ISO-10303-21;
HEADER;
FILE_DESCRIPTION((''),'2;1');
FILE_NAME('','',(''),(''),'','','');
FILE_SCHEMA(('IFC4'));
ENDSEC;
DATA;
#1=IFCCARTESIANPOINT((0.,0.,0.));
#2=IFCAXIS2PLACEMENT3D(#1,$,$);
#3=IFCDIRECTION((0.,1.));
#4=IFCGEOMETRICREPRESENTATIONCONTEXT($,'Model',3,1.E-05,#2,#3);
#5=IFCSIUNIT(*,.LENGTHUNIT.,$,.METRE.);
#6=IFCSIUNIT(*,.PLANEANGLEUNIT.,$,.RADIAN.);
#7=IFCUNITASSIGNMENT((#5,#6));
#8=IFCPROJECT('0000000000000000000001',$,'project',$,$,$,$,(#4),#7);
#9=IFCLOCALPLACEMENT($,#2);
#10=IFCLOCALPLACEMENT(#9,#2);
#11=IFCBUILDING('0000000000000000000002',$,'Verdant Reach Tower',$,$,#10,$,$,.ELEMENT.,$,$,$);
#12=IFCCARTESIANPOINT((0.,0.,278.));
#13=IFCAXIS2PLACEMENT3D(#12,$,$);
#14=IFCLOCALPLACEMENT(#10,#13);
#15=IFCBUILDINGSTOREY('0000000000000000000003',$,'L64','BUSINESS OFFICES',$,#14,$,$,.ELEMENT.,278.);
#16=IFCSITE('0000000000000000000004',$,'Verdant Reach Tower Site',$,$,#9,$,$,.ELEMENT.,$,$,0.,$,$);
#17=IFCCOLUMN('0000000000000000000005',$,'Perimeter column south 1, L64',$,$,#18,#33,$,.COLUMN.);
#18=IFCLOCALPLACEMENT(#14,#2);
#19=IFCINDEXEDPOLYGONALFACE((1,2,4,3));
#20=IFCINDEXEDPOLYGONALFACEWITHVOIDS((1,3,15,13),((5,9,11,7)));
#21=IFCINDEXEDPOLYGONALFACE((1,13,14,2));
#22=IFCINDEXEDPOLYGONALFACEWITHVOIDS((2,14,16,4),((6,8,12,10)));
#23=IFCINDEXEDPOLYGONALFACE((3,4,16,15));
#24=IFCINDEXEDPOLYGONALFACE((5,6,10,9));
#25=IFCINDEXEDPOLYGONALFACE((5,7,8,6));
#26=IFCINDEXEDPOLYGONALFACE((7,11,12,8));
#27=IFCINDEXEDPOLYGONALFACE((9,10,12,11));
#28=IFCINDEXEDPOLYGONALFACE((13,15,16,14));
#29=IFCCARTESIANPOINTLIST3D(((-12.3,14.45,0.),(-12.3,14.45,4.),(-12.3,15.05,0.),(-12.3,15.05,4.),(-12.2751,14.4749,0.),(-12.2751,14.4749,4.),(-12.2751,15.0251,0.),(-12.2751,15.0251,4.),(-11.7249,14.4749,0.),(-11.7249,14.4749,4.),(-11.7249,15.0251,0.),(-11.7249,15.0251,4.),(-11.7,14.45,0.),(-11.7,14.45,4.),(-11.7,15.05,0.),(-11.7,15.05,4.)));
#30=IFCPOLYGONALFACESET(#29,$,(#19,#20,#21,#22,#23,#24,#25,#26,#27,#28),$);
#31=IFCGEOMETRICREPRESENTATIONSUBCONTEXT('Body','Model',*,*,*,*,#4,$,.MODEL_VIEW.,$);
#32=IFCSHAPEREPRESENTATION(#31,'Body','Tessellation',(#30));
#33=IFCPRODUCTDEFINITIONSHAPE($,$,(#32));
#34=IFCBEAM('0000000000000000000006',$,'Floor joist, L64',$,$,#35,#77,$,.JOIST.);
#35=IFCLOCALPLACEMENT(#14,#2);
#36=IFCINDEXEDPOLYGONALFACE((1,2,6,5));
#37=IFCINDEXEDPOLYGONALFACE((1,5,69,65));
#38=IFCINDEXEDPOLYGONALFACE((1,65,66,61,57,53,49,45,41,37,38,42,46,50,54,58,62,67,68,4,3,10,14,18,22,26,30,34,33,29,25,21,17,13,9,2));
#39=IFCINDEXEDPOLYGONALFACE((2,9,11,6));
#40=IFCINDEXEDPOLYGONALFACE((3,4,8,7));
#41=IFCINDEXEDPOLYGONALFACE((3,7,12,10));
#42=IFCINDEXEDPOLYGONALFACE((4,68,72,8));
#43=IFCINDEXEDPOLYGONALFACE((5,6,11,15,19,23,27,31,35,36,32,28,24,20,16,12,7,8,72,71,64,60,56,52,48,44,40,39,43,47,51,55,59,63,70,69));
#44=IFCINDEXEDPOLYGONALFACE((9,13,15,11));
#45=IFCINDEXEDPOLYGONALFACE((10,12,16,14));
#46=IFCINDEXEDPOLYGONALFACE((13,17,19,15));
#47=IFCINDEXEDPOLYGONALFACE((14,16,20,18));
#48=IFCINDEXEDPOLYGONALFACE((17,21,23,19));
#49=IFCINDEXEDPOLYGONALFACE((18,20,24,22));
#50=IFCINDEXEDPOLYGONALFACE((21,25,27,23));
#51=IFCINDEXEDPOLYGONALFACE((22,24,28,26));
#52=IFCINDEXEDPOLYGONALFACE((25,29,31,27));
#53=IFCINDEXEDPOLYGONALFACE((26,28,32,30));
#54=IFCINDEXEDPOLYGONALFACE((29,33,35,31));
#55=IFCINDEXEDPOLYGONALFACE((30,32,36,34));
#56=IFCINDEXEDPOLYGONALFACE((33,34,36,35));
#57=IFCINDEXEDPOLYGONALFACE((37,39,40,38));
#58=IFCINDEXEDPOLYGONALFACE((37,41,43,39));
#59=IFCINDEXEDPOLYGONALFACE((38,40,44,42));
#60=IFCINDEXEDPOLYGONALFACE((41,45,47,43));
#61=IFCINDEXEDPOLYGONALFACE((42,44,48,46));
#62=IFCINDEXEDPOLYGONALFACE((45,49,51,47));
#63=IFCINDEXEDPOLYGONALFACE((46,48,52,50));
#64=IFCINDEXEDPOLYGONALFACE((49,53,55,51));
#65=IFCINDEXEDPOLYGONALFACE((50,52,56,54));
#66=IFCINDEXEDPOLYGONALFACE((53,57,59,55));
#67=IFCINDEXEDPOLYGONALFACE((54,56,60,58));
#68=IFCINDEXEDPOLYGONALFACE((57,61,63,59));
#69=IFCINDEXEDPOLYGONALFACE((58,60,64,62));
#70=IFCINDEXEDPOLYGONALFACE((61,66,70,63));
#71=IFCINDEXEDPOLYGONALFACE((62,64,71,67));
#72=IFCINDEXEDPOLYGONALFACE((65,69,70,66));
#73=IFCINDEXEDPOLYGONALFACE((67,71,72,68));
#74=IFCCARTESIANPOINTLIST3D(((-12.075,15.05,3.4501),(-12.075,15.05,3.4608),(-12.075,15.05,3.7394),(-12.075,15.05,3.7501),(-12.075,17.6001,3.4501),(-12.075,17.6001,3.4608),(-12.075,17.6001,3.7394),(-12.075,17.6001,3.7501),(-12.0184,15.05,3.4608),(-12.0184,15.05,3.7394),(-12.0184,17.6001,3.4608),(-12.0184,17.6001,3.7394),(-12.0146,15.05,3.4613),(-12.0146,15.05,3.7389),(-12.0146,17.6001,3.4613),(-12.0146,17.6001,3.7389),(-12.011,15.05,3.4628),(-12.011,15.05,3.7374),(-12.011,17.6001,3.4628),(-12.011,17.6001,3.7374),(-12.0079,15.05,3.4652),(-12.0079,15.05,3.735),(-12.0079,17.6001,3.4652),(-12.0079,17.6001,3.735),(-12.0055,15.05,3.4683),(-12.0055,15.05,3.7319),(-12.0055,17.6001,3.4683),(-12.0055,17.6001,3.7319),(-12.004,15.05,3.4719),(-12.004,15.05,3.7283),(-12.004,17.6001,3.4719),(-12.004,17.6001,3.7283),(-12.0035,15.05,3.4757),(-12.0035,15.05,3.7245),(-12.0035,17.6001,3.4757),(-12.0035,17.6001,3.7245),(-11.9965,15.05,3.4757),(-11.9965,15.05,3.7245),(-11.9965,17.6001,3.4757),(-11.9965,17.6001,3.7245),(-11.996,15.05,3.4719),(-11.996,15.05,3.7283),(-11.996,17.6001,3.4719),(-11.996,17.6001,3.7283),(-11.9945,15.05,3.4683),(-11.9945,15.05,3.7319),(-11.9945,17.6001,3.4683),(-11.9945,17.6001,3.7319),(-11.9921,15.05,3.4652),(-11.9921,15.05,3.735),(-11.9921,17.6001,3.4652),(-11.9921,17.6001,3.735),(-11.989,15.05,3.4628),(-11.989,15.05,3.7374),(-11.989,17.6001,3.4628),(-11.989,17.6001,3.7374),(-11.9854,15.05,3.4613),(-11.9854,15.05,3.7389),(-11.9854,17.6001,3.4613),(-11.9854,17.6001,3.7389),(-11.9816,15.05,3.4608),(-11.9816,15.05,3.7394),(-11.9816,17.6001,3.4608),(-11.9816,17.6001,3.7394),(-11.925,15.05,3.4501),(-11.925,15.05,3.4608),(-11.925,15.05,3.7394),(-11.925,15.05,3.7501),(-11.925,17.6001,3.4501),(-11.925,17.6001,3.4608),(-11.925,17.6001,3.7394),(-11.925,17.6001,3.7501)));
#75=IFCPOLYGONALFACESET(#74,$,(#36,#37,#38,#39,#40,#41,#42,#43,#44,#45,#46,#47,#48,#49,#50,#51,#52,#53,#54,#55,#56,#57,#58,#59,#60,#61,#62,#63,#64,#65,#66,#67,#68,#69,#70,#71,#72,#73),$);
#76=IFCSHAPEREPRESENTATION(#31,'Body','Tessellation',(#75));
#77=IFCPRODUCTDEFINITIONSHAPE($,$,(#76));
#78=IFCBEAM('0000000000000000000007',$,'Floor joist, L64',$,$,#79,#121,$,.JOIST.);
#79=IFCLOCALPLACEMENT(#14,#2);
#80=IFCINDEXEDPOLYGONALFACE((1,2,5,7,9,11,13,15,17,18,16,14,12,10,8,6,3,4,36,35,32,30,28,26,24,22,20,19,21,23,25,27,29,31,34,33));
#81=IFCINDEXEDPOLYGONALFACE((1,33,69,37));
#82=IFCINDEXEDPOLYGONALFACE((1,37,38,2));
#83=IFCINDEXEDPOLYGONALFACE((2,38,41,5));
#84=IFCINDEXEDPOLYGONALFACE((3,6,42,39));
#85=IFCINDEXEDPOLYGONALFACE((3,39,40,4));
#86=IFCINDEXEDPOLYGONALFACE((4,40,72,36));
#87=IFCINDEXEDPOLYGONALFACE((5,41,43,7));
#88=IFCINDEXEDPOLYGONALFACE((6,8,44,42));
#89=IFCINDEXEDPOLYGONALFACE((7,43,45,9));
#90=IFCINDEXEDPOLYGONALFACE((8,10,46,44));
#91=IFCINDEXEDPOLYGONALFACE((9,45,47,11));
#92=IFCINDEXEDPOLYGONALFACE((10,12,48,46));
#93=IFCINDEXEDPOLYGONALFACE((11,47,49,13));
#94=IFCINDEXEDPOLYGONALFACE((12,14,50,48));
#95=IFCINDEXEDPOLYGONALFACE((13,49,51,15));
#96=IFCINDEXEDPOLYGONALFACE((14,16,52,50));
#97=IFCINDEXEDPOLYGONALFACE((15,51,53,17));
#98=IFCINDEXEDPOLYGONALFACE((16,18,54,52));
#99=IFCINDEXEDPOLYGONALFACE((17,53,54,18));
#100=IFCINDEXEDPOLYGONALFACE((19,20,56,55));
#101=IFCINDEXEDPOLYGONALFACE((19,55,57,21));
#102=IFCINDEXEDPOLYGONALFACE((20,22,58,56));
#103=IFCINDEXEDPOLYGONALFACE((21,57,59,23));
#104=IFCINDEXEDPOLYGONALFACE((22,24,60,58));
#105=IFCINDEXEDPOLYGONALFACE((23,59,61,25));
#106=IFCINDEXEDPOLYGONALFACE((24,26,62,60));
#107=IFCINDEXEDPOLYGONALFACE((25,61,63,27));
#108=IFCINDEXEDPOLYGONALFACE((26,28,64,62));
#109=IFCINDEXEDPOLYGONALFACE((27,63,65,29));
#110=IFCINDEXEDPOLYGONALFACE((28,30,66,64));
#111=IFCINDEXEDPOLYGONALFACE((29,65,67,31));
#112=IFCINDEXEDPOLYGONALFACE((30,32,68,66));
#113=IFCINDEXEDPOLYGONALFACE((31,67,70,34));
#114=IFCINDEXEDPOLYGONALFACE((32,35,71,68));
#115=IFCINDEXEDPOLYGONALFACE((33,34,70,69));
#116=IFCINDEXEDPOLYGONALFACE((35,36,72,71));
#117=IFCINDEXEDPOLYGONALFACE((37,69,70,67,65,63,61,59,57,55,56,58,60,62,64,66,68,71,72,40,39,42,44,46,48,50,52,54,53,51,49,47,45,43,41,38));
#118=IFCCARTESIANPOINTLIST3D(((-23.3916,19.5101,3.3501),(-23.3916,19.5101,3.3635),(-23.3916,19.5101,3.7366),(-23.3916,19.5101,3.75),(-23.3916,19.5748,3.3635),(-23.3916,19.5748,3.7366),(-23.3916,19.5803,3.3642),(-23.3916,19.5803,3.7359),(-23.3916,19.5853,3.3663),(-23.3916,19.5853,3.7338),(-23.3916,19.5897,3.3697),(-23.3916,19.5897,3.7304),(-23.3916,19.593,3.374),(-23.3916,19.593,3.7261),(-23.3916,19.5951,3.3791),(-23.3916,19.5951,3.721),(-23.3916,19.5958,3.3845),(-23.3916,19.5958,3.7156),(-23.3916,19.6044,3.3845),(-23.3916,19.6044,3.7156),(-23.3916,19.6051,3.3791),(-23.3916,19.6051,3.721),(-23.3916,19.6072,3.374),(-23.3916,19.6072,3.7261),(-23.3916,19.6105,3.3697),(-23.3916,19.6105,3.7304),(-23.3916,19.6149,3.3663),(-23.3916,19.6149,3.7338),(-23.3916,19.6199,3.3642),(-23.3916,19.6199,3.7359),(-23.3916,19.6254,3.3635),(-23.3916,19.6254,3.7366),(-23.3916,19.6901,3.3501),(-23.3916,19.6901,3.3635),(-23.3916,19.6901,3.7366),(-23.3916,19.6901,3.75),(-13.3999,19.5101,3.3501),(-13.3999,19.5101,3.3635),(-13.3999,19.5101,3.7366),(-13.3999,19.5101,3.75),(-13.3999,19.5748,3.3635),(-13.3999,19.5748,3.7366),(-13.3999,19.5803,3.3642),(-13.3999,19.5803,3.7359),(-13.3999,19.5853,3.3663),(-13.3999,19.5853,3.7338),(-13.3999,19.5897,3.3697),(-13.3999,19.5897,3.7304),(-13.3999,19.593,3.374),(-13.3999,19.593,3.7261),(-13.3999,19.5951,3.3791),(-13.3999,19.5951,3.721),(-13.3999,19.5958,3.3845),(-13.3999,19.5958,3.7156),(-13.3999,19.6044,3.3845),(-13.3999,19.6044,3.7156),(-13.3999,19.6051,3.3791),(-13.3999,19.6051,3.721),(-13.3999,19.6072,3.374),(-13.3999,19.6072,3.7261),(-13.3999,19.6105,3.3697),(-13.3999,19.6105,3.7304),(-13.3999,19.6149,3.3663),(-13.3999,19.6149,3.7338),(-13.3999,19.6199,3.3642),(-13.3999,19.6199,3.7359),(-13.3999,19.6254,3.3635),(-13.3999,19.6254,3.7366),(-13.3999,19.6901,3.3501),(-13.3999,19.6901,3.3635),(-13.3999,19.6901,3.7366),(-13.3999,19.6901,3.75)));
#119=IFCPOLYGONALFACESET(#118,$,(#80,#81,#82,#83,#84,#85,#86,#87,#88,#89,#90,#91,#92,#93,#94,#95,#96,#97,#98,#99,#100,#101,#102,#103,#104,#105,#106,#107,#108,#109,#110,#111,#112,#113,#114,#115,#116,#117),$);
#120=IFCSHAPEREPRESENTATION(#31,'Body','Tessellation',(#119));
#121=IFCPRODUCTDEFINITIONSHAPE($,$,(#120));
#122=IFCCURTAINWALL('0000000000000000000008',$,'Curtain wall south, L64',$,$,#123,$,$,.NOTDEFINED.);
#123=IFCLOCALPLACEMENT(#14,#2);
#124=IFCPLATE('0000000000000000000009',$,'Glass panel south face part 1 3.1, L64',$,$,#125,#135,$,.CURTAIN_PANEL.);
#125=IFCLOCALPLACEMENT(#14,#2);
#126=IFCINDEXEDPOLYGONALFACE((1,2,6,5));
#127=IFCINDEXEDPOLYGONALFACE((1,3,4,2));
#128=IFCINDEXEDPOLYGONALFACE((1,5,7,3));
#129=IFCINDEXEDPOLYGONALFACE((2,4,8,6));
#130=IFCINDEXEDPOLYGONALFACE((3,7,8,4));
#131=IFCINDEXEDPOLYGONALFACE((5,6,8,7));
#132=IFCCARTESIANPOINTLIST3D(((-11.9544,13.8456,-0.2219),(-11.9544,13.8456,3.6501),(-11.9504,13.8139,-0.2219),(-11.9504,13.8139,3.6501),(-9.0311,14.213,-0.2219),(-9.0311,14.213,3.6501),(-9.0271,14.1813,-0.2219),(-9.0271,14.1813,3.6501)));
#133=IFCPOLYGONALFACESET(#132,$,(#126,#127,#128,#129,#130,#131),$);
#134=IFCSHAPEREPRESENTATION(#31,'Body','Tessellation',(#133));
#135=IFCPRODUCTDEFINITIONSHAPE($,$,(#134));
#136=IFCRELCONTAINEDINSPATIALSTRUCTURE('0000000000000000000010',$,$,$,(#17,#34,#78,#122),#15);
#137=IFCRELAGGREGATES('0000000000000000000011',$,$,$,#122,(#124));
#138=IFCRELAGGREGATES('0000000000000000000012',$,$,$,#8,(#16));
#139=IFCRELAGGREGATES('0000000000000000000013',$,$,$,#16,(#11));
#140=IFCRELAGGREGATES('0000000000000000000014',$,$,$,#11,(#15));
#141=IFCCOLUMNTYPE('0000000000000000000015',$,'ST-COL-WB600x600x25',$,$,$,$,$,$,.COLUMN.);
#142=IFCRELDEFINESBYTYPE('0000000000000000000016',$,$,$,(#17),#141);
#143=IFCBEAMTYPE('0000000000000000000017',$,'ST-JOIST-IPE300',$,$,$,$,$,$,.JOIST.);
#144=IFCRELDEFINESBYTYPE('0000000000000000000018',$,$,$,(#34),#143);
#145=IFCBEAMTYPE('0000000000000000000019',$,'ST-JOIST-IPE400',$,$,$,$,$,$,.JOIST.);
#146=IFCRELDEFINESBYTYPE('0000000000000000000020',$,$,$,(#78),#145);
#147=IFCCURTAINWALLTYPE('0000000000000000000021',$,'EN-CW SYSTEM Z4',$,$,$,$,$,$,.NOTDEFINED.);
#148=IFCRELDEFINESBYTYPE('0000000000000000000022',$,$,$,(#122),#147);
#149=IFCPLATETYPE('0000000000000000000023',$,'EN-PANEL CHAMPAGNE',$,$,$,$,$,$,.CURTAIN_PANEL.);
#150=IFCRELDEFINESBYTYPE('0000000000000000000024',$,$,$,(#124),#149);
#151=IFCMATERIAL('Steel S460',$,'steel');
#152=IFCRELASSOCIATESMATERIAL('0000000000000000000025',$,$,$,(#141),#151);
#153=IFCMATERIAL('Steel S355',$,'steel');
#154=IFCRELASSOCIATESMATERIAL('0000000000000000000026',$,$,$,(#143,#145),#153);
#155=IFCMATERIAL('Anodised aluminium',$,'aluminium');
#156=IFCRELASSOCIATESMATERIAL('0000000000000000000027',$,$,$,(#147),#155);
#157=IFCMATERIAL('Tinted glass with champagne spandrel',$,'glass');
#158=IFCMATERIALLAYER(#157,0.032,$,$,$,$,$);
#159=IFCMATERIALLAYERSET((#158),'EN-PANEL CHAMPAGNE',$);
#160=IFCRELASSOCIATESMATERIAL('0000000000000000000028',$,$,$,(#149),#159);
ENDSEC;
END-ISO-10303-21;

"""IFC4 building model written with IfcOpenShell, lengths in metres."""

from ifc_helpers import new_model, si_unit, direction, frame, origin, origin_2d, place, context, subcontext, project, spatial, rectangle, hollow_rectangle, i_section, extrude, material, layer, layer_set, material_profile, profile_set, type_object, element, aggregate, save


model = new_model("IFC4")

# Units and contexts
model_context = context("Model", 3, precision=1e-05, world=origin(), true_north=direction((0.0, 1.0)))
body_context = subcontext(model_context, "Body", "Model", "MODEL_VIEW")
ifc_project = project(units=[si_unit("LENGTHUNIT", "METRE"), si_unit("PLANEANGLEUNIT", "RADIAN")], contexts=[model_context])

# Site, building, storey
site_placement = place(None, origin())
site = spatial("IfcSite", under=ifc_project, at=site_placement, Name="Verdant Reach Tower Site", CompositionType="ELEMENT", RefElevation=0.0)
building_placement = place(site_placement, origin())
building = spatial("IfcBuilding", under=site, at=building_placement, Name="Verdant Reach Tower", CompositionType="ELEMENT")
storey_placement = place(building_placement, frame((0.0, 0.0, 278.0)))
storey = spatial("IfcBuildingStorey", under=building, at=storey_placement, Name="L64", Description="BUSINESS OFFICES", CompositionType="ELEMENT", Elevation=278.0)

# Column
ifc_material_1 = material(Name="Steel S460", Category="steel")
ifc_material_profile_1 = material_profile(ifc_material_1, hollow_rectangle(XDim=0.6001, YDim=0.6001, WallThickness=0.0249, at=origin_2d()), Name="WB 600x600x25")
ifc_profile_set_1 = profile_set([ifc_material_profile_1], Name="Steel S460")
column_type = type_object("IfcColumnType", Name="ST-COL-WB600x600x25", PredefinedType="COLUMN", material=ifc_profile_set_1)
column_placement = place(storey_placement, frame((-12.0, 14.75, 0.0), z_axis=(0.0, 0.0, 1.0), x_axis=(1.0, 0.0, 0.0)))
element("IfcColumn", 1, at=column_placement, inside=storey, type_object=column_type, Name="Perimeter column south 1, L64", PredefinedType="COLUMN", context=body_context, shape_type="SweptSolid", body=[
    extrude(hollow_rectangle(XDim=0.6001, YDim=0.6001, WallThickness=0.0249, at=origin_2d()), origin(), (0.0, 0.0, 1.0), 4.0),
])

# Beams
ifc_material_2 = material(Name="Steel S355", Category="steel")
ifc_material_profile_2 = material_profile(ifc_material_2, i_section(OverallWidth=0.1499, OverallDepth=0.3, WebThickness=0.0071, FlangeThickness=0.0107, FilletRadius=0.0149, at=origin_2d()), Name="IPE 300")
ifc_profile_set_2 = profile_set([ifc_material_profile_2], Name="Steel S355")
beam_type_1 = type_object("IfcBeamType", Name="ST-JOIST-IPE300", PredefinedType="JOIST", material=ifc_profile_set_2)
beam_1_placement = place(storey_placement, frame((-12.0, 17.6001, 3.6001), z_axis=(0.0, -1.0, 0.0), x_axis=(1.0, 0.0, 0.0)))
element("IfcBeam", 2, at=beam_1_placement, inside=storey, type_object=beam_type_1, Name="Floor joist, L64", PredefinedType="JOIST", context=body_context, shape_type="SweptSolid", body=[
    extrude(i_section(OverallWidth=0.1499, OverallDepth=0.3, WebThickness=0.0071, FlangeThickness=0.0107, FilletRadius=0.0149, at=origin_2d()), origin(), (0.0, 0.0, 1.0), 2.55),
])
ifc_material_profile_3 = material_profile(ifc_material_2, i_section(OverallWidth=0.1799, OverallDepth=0.3999, WebThickness=0.0085, FlangeThickness=0.0134, FilletRadius=0.021, at=origin_2d()), Name="IPE 400")
ifc_profile_set_3 = profile_set([ifc_material_profile_3], Name="Steel S355")
beam_type_2 = type_object("IfcBeamType", Name="ST-JOIST-IPE400", PredefinedType="JOIST", material=ifc_profile_set_3)
beam_2_placement = place(storey_placement, frame((-13.3999, 19.6001, 3.55), z_axis=(-1.0, 0.0, 0.0), x_axis=(0.0, -1.0, 0.0)))
element("IfcBeam", 3, at=beam_2_placement, inside=storey, type_object=beam_type_2, Name="Floor joist, L64", PredefinedType="JOIST", context=body_context, shape_type="SweptSolid", body=[
    extrude(i_section(OverallWidth=0.1799, OverallDepth=0.3999, WebThickness=0.0085, FlangeThickness=0.0134, FilletRadius=0.021, at=origin_2d()), origin(), (0.0, 0.0, 1.0), 9.9917),
])

# Curtain wall, plate
ifc_material_3 = material(Name="Anodised aluminium", Category="aluminium")
curtain_wall_type = type_object("IfcCurtainWallType", Name="EN-CW SYSTEM Z4", PredefinedType="NOTDEFINED", material=ifc_material_3)
curtain_wall_placement = place(storey_placement, origin())
curtain_wall = element("IfcCurtainWall", 4, at=curtain_wall_placement, inside=storey, type_object=curtain_wall_type, Name="Curtain wall south, L64", PredefinedType="NOTDEFINED")
ifc_material_4 = material(Name="Tinted glass with champagne spandrel", Category="glass")
ifc_layer_1 = layer(ifc_material_4, 0.032)
ifc_layer_set_1 = layer_set([ifc_layer_1], Name="EN-PANEL CHAMPAGNE")
plate_type = type_object("IfcPlateType", Name="EN-PANEL CHAMPAGNE", PredefinedType="CURTAIN_PANEL", material=ifc_layer_set_1)
plate_placement = place(storey_placement, frame((-10.4907, 14.0134, -0.2219), z_axis=(0.0, 0.0, 1.0), x_axis=(0.992194, 0.124704, 0.0)))
plate = element("IfcPlate", 5, at=plate_placement, type_object=plate_type, Name="Glass panel south face part 1 3.1, L64", PredefinedType="CURTAIN_PANEL", context=body_context, shape_type="SweptSolid", body=[
    extrude(rectangle(XDim=2.9463, YDim=0.032, at=origin_2d()), origin(), (0.0, 0.0, 1.0), 3.8721),
])
aggregate(curtain_wall, [plate])

save(model, "model.ifc")
